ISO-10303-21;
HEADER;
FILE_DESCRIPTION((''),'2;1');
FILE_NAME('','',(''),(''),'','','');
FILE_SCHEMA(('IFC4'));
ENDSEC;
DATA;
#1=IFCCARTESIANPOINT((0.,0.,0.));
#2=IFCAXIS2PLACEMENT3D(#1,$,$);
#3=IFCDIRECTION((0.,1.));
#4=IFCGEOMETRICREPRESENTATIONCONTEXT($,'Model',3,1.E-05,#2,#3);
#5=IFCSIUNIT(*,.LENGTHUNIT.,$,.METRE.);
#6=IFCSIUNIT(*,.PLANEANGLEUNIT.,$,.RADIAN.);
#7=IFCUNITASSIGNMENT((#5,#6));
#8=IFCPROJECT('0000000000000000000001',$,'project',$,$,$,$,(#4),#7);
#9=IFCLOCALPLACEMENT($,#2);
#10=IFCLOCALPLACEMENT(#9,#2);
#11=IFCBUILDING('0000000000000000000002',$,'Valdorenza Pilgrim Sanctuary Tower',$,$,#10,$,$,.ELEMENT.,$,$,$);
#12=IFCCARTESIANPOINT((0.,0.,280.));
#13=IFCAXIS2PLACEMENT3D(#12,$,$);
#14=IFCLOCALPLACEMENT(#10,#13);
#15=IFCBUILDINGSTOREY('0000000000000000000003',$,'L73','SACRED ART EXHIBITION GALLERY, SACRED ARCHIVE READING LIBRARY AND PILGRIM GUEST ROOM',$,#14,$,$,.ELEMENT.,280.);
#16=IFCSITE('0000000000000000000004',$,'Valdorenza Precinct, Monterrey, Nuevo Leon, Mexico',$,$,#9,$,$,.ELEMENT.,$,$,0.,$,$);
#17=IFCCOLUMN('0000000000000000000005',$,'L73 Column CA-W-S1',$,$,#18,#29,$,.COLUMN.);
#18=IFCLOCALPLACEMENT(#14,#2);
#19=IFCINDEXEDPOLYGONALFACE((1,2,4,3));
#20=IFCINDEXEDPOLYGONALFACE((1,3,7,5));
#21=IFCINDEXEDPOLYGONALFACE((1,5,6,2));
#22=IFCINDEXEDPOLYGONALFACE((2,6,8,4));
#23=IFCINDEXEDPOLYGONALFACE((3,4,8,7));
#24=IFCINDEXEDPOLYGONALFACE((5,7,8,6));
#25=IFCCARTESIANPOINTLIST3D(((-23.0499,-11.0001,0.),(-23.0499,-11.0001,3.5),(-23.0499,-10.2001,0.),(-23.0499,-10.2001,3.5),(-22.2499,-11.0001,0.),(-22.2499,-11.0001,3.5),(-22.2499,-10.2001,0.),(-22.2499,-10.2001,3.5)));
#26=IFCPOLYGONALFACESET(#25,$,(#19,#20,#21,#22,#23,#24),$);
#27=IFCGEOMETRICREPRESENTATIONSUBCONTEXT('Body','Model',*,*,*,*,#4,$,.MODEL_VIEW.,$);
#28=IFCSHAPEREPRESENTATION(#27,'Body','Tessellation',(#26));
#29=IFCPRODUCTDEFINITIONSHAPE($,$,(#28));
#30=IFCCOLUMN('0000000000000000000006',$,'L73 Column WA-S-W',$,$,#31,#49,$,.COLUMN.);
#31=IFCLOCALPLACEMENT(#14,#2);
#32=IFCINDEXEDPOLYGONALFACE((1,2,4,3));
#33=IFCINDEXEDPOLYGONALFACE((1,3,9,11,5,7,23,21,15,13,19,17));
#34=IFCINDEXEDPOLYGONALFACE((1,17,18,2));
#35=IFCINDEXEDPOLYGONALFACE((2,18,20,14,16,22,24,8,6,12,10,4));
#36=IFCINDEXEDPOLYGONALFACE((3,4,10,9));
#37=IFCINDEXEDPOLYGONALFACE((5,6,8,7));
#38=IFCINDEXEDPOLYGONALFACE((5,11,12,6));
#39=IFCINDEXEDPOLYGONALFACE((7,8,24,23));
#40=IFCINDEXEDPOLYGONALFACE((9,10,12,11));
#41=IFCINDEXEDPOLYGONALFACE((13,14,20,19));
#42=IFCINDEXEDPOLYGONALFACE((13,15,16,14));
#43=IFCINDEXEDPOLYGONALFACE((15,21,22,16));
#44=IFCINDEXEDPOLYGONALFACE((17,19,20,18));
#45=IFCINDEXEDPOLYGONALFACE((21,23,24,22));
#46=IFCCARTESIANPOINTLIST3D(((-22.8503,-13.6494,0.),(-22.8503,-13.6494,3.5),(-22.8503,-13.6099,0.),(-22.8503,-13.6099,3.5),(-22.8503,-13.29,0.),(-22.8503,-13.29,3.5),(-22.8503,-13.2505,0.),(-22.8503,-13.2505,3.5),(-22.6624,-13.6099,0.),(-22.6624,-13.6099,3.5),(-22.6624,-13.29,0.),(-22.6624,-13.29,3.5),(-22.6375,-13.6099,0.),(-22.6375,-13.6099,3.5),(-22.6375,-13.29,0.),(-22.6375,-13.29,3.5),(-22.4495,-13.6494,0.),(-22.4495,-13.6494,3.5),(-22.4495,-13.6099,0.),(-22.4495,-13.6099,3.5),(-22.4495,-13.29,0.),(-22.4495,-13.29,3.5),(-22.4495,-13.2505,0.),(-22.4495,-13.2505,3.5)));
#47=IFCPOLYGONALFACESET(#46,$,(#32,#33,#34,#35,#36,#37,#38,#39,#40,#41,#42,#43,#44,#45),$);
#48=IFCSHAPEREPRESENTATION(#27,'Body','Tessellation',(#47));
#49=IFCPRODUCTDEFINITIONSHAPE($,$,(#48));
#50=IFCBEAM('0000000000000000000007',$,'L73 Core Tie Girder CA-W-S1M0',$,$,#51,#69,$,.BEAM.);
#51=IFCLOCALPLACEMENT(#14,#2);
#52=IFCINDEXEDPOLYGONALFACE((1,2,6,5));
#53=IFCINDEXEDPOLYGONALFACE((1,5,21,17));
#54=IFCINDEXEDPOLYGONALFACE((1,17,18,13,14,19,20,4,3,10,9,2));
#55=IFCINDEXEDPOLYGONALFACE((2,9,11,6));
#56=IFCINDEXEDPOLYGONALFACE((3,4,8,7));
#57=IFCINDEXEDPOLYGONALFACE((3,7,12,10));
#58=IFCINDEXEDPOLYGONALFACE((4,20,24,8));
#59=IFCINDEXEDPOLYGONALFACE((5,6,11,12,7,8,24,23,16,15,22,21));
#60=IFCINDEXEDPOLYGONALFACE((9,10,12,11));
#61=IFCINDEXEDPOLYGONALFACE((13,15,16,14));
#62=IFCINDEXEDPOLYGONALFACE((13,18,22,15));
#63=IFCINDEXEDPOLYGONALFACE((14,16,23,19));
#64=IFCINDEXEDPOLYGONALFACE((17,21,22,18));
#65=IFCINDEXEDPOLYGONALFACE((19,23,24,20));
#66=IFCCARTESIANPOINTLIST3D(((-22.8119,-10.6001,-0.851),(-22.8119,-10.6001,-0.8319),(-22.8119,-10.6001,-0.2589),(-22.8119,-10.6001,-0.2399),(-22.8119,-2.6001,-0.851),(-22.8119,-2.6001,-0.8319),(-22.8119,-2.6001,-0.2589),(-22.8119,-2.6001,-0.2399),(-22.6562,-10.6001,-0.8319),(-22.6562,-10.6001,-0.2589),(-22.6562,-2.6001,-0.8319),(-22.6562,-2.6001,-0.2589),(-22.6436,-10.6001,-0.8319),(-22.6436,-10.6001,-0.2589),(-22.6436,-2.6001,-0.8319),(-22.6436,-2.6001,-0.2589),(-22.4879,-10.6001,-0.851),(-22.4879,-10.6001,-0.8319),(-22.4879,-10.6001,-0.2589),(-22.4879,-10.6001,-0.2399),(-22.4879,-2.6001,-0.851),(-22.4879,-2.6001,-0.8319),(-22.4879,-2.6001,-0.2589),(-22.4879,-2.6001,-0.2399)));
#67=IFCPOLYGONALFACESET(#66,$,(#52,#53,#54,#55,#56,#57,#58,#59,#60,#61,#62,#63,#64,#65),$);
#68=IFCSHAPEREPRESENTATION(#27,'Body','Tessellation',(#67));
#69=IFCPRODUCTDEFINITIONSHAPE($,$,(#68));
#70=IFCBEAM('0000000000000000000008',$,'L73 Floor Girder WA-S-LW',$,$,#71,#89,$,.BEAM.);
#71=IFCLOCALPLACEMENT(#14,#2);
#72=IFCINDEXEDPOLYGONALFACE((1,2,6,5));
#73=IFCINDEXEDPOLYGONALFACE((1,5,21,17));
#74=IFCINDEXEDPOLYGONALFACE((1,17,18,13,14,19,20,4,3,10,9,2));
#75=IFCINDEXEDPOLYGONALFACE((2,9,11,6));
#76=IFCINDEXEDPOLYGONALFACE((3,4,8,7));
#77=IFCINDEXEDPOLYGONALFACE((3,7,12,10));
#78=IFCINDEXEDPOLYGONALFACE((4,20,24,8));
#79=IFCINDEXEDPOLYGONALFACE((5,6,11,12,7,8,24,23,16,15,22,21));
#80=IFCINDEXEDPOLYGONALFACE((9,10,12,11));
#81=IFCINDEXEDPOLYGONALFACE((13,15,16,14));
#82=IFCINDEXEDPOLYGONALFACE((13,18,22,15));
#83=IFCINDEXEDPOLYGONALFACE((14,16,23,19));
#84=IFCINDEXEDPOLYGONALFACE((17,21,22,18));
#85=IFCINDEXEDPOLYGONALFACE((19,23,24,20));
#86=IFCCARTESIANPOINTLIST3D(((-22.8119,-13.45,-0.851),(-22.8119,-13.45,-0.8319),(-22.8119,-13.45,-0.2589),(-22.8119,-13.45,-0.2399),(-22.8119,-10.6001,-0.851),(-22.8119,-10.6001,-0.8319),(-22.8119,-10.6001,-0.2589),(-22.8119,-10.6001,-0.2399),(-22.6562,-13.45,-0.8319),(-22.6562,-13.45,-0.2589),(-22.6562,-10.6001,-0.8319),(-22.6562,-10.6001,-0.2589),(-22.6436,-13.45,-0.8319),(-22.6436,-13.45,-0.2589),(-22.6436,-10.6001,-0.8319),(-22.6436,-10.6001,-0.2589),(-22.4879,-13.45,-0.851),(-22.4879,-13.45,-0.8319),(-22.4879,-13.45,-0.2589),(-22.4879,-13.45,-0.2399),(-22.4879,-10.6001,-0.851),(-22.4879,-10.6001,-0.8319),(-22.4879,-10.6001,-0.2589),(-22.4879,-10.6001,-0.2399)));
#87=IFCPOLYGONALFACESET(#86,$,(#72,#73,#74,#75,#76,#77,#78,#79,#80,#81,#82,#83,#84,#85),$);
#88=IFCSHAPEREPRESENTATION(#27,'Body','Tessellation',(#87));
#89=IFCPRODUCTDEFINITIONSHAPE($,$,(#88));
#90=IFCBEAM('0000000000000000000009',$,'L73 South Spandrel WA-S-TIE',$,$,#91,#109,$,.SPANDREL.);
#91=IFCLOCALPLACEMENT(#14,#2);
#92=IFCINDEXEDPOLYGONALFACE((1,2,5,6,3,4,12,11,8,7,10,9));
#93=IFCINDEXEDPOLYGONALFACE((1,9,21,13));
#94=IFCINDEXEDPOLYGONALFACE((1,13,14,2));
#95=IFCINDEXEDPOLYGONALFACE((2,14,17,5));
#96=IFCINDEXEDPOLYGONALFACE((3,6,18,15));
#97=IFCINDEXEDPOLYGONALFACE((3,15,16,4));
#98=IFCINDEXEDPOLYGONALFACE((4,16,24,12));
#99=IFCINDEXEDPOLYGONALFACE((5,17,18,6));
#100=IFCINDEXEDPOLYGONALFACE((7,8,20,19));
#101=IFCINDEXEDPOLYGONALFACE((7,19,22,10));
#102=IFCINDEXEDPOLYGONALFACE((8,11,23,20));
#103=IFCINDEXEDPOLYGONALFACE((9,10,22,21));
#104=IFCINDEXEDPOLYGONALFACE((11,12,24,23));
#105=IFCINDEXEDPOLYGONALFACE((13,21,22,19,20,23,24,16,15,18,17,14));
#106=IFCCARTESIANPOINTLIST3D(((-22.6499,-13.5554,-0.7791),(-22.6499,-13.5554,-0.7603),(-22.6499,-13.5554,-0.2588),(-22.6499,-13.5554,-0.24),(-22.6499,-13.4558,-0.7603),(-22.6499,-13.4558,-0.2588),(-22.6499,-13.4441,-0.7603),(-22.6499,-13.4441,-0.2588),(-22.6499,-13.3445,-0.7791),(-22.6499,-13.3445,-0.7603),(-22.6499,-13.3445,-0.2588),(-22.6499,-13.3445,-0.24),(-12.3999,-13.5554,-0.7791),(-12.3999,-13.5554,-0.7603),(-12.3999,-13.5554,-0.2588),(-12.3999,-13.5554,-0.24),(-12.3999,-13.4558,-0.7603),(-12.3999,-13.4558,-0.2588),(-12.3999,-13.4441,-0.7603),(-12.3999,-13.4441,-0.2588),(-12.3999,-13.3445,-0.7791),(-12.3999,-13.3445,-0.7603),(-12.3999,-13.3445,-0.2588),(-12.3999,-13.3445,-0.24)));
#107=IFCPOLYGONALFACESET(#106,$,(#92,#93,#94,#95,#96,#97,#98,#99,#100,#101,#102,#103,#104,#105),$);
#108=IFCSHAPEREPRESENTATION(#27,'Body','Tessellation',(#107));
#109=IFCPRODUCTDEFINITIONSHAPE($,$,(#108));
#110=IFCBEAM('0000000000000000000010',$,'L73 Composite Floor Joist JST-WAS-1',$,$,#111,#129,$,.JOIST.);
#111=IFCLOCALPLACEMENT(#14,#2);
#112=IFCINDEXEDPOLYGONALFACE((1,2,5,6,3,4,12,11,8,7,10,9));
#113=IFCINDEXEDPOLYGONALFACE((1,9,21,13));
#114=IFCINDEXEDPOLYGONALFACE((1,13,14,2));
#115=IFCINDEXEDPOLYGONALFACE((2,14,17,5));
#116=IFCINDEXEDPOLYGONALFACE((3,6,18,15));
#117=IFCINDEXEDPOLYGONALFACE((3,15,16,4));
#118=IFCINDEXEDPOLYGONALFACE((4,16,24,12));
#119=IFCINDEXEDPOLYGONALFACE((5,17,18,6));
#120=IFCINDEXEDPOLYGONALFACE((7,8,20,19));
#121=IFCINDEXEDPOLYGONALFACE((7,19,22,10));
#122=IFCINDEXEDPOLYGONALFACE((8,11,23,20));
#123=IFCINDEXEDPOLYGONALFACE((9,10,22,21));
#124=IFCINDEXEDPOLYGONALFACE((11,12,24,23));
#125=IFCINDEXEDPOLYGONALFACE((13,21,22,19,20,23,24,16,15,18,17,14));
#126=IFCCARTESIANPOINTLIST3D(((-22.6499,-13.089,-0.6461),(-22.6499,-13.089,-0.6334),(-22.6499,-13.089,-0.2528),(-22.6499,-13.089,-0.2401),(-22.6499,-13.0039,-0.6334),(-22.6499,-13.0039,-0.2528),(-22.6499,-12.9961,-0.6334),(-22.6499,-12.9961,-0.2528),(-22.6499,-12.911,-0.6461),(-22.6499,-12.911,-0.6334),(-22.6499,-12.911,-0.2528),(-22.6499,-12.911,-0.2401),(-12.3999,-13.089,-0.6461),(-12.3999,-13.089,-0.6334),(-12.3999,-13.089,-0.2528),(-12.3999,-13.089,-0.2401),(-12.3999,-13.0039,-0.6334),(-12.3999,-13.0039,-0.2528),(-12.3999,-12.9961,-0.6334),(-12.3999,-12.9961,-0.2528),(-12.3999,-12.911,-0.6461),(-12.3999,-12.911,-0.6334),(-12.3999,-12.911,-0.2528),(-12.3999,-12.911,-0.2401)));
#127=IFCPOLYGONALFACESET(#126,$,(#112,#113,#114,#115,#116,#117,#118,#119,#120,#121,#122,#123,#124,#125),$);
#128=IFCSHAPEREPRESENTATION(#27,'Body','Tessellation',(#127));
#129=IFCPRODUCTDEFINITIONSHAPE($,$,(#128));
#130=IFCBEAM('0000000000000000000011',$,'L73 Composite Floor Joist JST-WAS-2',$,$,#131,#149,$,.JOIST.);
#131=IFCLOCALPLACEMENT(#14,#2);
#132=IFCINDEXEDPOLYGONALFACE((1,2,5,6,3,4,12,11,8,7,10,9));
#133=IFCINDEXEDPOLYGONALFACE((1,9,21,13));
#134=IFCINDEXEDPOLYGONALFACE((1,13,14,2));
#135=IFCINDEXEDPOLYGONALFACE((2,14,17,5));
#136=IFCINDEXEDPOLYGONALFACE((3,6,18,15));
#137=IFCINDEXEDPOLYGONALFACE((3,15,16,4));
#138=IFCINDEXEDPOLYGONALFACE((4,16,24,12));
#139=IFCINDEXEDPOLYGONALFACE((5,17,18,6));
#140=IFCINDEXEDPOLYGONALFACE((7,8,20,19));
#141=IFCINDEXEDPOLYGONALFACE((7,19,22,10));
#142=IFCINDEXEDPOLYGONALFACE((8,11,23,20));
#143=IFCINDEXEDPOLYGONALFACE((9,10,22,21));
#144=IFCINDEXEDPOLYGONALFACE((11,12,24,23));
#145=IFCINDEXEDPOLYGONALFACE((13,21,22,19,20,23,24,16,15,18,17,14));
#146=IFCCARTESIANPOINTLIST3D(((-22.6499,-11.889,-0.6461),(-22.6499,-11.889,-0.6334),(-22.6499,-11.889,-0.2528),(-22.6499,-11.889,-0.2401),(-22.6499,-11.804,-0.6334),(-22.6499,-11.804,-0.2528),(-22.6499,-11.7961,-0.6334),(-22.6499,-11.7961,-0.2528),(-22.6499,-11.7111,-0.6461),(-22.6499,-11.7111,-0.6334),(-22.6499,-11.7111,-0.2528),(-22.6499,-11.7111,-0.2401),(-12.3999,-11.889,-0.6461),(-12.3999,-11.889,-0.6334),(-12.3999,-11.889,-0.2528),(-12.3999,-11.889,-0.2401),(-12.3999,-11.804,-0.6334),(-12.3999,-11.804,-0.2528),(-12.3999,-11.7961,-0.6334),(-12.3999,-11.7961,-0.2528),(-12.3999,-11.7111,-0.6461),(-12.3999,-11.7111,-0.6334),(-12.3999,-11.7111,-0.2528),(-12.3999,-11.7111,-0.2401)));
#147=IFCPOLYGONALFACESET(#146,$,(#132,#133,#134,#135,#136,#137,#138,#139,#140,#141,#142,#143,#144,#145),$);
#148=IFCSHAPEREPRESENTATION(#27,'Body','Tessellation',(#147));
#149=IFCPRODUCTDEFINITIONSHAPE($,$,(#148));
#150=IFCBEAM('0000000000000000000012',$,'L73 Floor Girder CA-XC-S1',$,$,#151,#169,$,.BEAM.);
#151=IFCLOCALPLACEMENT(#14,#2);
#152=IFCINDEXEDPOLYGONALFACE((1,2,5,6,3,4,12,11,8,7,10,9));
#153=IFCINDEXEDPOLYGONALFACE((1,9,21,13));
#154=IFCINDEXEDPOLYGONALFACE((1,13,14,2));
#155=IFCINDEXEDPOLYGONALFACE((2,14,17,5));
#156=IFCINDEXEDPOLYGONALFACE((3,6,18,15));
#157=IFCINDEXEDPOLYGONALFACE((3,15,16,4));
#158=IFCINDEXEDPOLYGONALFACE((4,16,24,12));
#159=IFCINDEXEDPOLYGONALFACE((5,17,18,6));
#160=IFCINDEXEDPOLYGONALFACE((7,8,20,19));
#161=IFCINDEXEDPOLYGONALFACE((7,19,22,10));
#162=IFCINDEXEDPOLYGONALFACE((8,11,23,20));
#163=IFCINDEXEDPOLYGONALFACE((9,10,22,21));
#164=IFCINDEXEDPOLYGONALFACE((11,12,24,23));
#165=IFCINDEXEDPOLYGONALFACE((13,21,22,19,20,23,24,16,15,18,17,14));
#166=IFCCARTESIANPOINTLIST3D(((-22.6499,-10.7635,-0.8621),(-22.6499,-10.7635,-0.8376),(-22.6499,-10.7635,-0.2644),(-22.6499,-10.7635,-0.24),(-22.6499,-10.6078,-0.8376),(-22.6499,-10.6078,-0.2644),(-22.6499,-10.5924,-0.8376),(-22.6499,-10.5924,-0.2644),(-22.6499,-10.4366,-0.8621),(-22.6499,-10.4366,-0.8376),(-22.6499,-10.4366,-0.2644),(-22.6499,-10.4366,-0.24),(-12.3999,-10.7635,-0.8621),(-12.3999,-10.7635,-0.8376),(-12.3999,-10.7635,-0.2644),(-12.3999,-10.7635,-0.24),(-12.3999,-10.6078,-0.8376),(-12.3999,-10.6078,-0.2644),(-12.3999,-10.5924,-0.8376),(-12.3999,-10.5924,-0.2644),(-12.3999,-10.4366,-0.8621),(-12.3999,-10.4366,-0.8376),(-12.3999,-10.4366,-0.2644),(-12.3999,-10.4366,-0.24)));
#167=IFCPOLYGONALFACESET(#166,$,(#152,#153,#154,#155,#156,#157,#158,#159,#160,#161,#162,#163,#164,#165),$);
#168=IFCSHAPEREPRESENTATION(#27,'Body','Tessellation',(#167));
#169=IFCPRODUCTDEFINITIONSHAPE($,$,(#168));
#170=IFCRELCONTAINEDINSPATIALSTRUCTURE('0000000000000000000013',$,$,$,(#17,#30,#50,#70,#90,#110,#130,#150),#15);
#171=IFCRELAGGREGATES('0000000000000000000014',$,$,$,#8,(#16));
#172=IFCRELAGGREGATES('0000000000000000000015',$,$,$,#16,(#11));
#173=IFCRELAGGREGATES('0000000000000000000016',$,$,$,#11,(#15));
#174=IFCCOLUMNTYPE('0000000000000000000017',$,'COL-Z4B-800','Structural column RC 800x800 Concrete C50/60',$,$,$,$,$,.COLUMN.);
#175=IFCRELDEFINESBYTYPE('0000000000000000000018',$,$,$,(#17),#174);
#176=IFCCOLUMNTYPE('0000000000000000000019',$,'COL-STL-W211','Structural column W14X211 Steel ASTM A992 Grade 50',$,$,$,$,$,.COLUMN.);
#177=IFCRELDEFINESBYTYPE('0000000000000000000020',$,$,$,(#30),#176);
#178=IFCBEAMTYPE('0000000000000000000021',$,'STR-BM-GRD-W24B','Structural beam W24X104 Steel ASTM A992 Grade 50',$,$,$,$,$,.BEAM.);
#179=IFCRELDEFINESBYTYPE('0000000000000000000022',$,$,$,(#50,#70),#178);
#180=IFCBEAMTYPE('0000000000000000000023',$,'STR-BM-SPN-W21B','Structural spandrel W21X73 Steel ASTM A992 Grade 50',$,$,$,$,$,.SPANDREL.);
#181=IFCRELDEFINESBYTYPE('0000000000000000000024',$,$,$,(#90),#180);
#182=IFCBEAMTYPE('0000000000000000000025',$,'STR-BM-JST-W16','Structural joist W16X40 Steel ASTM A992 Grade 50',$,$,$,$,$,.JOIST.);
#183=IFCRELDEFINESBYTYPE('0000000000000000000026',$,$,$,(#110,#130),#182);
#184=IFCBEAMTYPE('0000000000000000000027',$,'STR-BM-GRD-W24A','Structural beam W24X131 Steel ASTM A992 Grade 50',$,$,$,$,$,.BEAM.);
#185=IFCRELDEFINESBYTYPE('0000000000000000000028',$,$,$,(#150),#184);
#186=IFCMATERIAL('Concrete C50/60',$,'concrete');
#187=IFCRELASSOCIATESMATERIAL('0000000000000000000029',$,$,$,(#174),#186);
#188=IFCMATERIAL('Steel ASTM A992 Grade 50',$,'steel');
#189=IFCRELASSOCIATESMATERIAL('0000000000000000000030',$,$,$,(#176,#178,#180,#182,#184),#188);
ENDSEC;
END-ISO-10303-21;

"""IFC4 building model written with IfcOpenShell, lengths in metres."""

from ifc_helpers import new_model, si_unit, direction, frame, origin, origin_2d, place, context, subcontext, project, spatial, rectangle, i_section, extrude, source, transform, mapped, material, material_profile, profile_set, type_object, element, save


model = new_model("IFC4")

# Units and contexts
model_context = context("Model", 3, precision=1e-05, world=origin(), true_north=direction((0.0, 1.0)))
body_context = subcontext(model_context, "Body", "Model", "MODEL_VIEW")
ifc_project = project(units=[si_unit("LENGTHUNIT", "METRE"), si_unit("PLANEANGLEUNIT", "RADIAN")], contexts=[model_context])

# Site, building, storey
site_placement = place(None, origin())
site = spatial("IfcSite", under=ifc_project, at=site_placement, Name="Valdorenza Precinct, Monterrey, Nuevo Leon, Mexico", CompositionType="ELEMENT", RefElevation=0.0)
building_placement = place(site_placement, origin())
building = spatial("IfcBuilding", under=site, at=building_placement, Name="Valdorenza Pilgrim Sanctuary Tower", CompositionType="ELEMENT")
storey_placement = place(building_placement, frame((0.0, 0.0, 280.0)))
storey = spatial("IfcBuildingStorey", under=building, at=storey_placement, Name="L73", Description="SACRED ART EXHIBITION GALLERY, SACRED ARCHIVE READING LIBRARY AND PILGRIM GUEST ROOM", CompositionType="ELEMENT", Elevation=280.0)

# Columns
ifc_material_1 = material(Name="Concrete C50/60", Category="concrete")
ifc_material_profile_1 = material_profile(ifc_material_1, rectangle(XDim=0.8, YDim=0.8, at=origin_2d()), Name="RC 800x800")
ifc_profile_set_1 = profile_set([ifc_material_profile_1], Name="Concrete C50/60")
column_type_1 = type_object("IfcColumnType", Name="COL-Z4B-800", Description="Structural column RC 800x800 Concrete C50/60", PredefinedType="COLUMN", material=ifc_profile_set_1)
shared_shape_1 = source(origin(), body_context, "Body", "SweptSolid", [
    extrude(rectangle(XDim=0.8, YDim=0.8, at=origin_2d()), origin(), (0.0, 0.0, 1.0), 3.5),
])
column_1_placement = place(storey_placement, frame((-22.6499, -10.6001, 0.0), z_axis=(0.0, 0.0, 1.0), x_axis=(1.0, 0.0, 0.0)))
element("IfcColumn", 1, at=column_1_placement, inside=storey, type_object=column_type_1, Name="L73 Column CA-W-S1", PredefinedType="COLUMN", context=body_context, shape_type="MappedRepresentation", body=[
    mapped(shared_shape_1, transform((0.0, 0.0, 0.0), x_axis=(1.0, 0.0, 0.0), y_axis=(0.0, 1.0, 0.0), z_axis=(0.0, 0.0, 1.0), scale=1.0)),
])
ifc_material_2 = material(Name="Steel ASTM A992 Grade 50", Category="steel")
ifc_material_profile_2 = material_profile(ifc_material_2, i_section(OverallWidth=0.4009, OverallDepth=0.3989, WebThickness=0.0249, FlangeThickness=0.0396, at=origin_2d()), Name="W14X211")
ifc_profile_set_2 = profile_set([ifc_material_profile_2], Name="Steel ASTM A992 Grade 50")
column_type_2 = type_object("IfcColumnType", Name="COL-STL-W211", Description="Structural column W14X211 Steel ASTM A992 Grade 50", PredefinedType="COLUMN", material=ifc_profile_set_2)
shared_shape_2 = source(origin(), body_context, "Body", "SweptSolid", [
    extrude(i_section(OverallWidth=0.4009, OverallDepth=0.3989, WebThickness=0.0249, FlangeThickness=0.0396, at=origin_2d()), origin(), (0.0, 0.0, 1.0), 3.5),
])
column_2_placement = place(storey_placement, frame((-22.6499, -13.45, 0.0), z_axis=(0.0, 0.0, 1.0), x_axis=(1.0, 0.0, 0.0)))
element("IfcColumn", 2, at=column_2_placement, inside=storey, type_object=column_type_2, Name="L73 Column WA-S-W", PredefinedType="COLUMN", context=body_context, shape_type="MappedRepresentation", body=[
    mapped(shared_shape_2, transform((0.0, 0.0, 0.0), x_axis=(1.0, 0.0, 0.0), y_axis=(0.0, 1.0, 0.0), z_axis=(0.0, 0.0, 1.0), scale=1.0)),
])

# Beams
ifc_material_profile_3 = material_profile(ifc_material_2, i_section(OverallWidth=0.324, OverallDepth=0.6111, WebThickness=0.0127, FlangeThickness=0.019, at=origin_2d()), Name="W24X104")
ifc_profile_set_3 = profile_set([ifc_material_profile_3], Name="Steel ASTM A992 Grade 50")
beam_type_1 = type_object("IfcBeamType", Name="STR-BM-GRD-W24B", Description="Structural beam W24X104 Steel ASTM A992 Grade 50", PredefinedType="BEAM", material=ifc_profile_set_3)
shared_shape_3 = source(origin(), body_context, "Body", "SweptSolid", [
    extrude(i_section(OverallWidth=0.324, OverallDepth=0.6111, WebThickness=0.0127, FlangeThickness=0.019, at=origin_2d()), origin(), (0.0, 0.0, 1.0), 8.0),
])
beam_1_placement = place(storey_placement, frame((-22.6499, -10.6001, -0.5454), z_axis=(0.0, 1.0, 0.0), x_axis=(-1.0, 0.0, 0.0)))
element("IfcBeam", 3, at=beam_1_placement, inside=storey, type_object=beam_type_1, Name="L73 Core Tie Girder CA-W-S1M0", PredefinedType="BEAM", context=body_context, shape_type="MappedRepresentation", body=[
    mapped(shared_shape_3, transform((0.0, 0.0, 0.0), x_axis=(1.0, 0.0, 0.0), y_axis=(0.0, 1.0, 0.0), z_axis=(0.0, 0.0, 1.0), scale=1.0)),
])
shared_shape_4 = source(origin(), body_context, "Body", "SweptSolid", [
    extrude(i_section(OverallWidth=0.324, OverallDepth=0.6111, WebThickness=0.0127, FlangeThickness=0.019, at=origin_2d()), origin(), (0.0, 0.0, 1.0), 2.8499),
])
beam_2_placement = place(storey_placement, frame((-22.6499, -13.45, -0.5454), z_axis=(0.0, 1.0, 0.0), x_axis=(-1.0, 0.0, 0.0)))
element("IfcBeam", 4, at=beam_2_placement, inside=storey, type_object=beam_type_1, Name="L73 Floor Girder WA-S-LW", PredefinedType="BEAM", context=body_context, shape_type="MappedRepresentation", body=[
    mapped(shared_shape_4, transform((0.0, 0.0, 0.0), x_axis=(1.0, 0.0, 0.0), y_axis=(0.0, 1.0, 0.0), z_axis=(0.0, 0.0, 1.0), scale=1.0)),
])
ifc_material_profile_4 = material_profile(ifc_material_2, i_section(OverallWidth=0.2109, OverallDepth=0.5391, WebThickness=0.0117, FlangeThickness=0.0188, at=origin_2d()), Name="W21X73")
ifc_profile_set_4 = profile_set([ifc_material_profile_4], Name="Steel ASTM A992 Grade 50")
beam_type_2 = type_object("IfcBeamType", Name="STR-BM-SPN-W21B", Description="Structural spandrel W21X73 Steel ASTM A992 Grade 50", PredefinedType="SPANDREL", material=ifc_profile_set_4)
shared_shape_5 = source(origin(), body_context, "Body", "SweptSolid", [
    extrude(i_section(OverallWidth=0.2109, OverallDepth=0.5391, WebThickness=0.0117, FlangeThickness=0.0188, at=origin_2d()), origin(), (0.0, 0.0, 1.0), 10.25),
])
beam_3_placement = place(storey_placement, frame((-22.6499, -13.45, -0.5095), z_axis=(1.0, 0.0, 0.0), x_axis=(0.0, 1.0, 0.0)))
element("IfcBeam", 5, at=beam_3_placement, inside=storey, type_object=beam_type_2, Name="L73 South Spandrel WA-S-TIE", PredefinedType="SPANDREL", context=body_context, shape_type="MappedRepresentation", body=[
    mapped(shared_shape_5, transform((0.0, 0.0, 0.0), x_axis=(1.0, 0.0, 0.0), y_axis=(0.0, 1.0, 0.0), z_axis=(0.0, 0.0, 1.0), scale=1.0)),
])
ifc_material_profile_5 = material_profile(ifc_material_2, i_section(OverallWidth=0.178, OverallDepth=0.406, WebThickness=0.0078, FlangeThickness=0.0127, at=origin_2d()), Name="W16X40")
ifc_profile_set_5 = profile_set([ifc_material_profile_5], Name="Steel ASTM A992 Grade 50")
beam_type_3 = type_object("IfcBeamType", Name="STR-BM-JST-W16", Description="Structural joist W16X40 Steel ASTM A992 Grade 50", PredefinedType="JOIST", material=ifc_profile_set_5)
shared_shape_6 = source(origin(), body_context, "Body", "SweptSolid", [
    extrude(i_section(OverallWidth=0.178, OverallDepth=0.406, WebThickness=0.0078, FlangeThickness=0.0127, at=origin_2d()), origin(), (0.0, 0.0, 1.0), 10.25),
])
for number, where, z_axis, x_axis, name in (
    (6, (-22.6499, -13.0, -0.4431), (1.0, 0.0, 0.0), (0.0, 1.0, 0.0), "L73 Composite Floor Joist JST-WAS-1"),
    (7, (-22.6499, -11.8, -0.4431), (1.0, 0.0, 0.0), (0.0, 1.0, 0.0), "L73 Composite Floor Joist JST-WAS-2"),
):
    element("IfcBeam", number, at=place(storey_placement, frame(where, z_axis=z_axis, x_axis=x_axis)), inside=storey, type_object=beam_type_3, Name=name, PredefinedType="JOIST", context=body_context, shape_type="MappedRepresentation", body=[
        mapped(shared_shape_6, transform((0.0, 0.0, 0.0), x_axis=(1.0, 0.0, 0.0), y_axis=(0.0, 1.0, 0.0), z_axis=(0.0, 0.0, 1.0), scale=1.0)),
    ])
ifc_material_profile_6 = material_profile(ifc_material_2, i_section(OverallWidth=0.3269, OverallDepth=0.6221, WebThickness=0.0154, FlangeThickness=0.0244, at=origin_2d()), Name="W24X131")
ifc_profile_set_6 = profile_set([ifc_material_profile_6], Name="Steel ASTM A992 Grade 50")
beam_type_4 = type_object("IfcBeamType", Name="STR-BM-GRD-W24A", Description="Structural beam W24X131 Steel ASTM A992 Grade 50", PredefinedType="BEAM", material=ifc_profile_set_6)
shared_shape_7 = source(origin(), body_context, "Body", "SweptSolid", [
    extrude(i_section(OverallWidth=0.3269, OverallDepth=0.6221, WebThickness=0.0154, FlangeThickness=0.0244, at=origin_2d()), origin(), (0.0, 0.0, 1.0), 10.25),
])
beam_4_placement = place(storey_placement, frame((-22.6499, -10.6001, -0.551), z_axis=(1.0, 0.0, 0.0), x_axis=(0.0, 1.0, 0.0)))
element("IfcBeam", 8, at=beam_4_placement, inside=storey, type_object=beam_type_4, Name="L73 Floor Girder CA-XC-S1", PredefinedType="BEAM", context=body_context, shape_type="MappedRepresentation", body=[
    mapped(shared_shape_7, transform((0.0, 0.0, 0.0), x_axis=(1.0, 0.0, 0.0), y_axis=(0.0, 1.0, 0.0), z_axis=(0.0, 0.0, 1.0), scale=1.0)),
])

save(model, "model.ifc")
